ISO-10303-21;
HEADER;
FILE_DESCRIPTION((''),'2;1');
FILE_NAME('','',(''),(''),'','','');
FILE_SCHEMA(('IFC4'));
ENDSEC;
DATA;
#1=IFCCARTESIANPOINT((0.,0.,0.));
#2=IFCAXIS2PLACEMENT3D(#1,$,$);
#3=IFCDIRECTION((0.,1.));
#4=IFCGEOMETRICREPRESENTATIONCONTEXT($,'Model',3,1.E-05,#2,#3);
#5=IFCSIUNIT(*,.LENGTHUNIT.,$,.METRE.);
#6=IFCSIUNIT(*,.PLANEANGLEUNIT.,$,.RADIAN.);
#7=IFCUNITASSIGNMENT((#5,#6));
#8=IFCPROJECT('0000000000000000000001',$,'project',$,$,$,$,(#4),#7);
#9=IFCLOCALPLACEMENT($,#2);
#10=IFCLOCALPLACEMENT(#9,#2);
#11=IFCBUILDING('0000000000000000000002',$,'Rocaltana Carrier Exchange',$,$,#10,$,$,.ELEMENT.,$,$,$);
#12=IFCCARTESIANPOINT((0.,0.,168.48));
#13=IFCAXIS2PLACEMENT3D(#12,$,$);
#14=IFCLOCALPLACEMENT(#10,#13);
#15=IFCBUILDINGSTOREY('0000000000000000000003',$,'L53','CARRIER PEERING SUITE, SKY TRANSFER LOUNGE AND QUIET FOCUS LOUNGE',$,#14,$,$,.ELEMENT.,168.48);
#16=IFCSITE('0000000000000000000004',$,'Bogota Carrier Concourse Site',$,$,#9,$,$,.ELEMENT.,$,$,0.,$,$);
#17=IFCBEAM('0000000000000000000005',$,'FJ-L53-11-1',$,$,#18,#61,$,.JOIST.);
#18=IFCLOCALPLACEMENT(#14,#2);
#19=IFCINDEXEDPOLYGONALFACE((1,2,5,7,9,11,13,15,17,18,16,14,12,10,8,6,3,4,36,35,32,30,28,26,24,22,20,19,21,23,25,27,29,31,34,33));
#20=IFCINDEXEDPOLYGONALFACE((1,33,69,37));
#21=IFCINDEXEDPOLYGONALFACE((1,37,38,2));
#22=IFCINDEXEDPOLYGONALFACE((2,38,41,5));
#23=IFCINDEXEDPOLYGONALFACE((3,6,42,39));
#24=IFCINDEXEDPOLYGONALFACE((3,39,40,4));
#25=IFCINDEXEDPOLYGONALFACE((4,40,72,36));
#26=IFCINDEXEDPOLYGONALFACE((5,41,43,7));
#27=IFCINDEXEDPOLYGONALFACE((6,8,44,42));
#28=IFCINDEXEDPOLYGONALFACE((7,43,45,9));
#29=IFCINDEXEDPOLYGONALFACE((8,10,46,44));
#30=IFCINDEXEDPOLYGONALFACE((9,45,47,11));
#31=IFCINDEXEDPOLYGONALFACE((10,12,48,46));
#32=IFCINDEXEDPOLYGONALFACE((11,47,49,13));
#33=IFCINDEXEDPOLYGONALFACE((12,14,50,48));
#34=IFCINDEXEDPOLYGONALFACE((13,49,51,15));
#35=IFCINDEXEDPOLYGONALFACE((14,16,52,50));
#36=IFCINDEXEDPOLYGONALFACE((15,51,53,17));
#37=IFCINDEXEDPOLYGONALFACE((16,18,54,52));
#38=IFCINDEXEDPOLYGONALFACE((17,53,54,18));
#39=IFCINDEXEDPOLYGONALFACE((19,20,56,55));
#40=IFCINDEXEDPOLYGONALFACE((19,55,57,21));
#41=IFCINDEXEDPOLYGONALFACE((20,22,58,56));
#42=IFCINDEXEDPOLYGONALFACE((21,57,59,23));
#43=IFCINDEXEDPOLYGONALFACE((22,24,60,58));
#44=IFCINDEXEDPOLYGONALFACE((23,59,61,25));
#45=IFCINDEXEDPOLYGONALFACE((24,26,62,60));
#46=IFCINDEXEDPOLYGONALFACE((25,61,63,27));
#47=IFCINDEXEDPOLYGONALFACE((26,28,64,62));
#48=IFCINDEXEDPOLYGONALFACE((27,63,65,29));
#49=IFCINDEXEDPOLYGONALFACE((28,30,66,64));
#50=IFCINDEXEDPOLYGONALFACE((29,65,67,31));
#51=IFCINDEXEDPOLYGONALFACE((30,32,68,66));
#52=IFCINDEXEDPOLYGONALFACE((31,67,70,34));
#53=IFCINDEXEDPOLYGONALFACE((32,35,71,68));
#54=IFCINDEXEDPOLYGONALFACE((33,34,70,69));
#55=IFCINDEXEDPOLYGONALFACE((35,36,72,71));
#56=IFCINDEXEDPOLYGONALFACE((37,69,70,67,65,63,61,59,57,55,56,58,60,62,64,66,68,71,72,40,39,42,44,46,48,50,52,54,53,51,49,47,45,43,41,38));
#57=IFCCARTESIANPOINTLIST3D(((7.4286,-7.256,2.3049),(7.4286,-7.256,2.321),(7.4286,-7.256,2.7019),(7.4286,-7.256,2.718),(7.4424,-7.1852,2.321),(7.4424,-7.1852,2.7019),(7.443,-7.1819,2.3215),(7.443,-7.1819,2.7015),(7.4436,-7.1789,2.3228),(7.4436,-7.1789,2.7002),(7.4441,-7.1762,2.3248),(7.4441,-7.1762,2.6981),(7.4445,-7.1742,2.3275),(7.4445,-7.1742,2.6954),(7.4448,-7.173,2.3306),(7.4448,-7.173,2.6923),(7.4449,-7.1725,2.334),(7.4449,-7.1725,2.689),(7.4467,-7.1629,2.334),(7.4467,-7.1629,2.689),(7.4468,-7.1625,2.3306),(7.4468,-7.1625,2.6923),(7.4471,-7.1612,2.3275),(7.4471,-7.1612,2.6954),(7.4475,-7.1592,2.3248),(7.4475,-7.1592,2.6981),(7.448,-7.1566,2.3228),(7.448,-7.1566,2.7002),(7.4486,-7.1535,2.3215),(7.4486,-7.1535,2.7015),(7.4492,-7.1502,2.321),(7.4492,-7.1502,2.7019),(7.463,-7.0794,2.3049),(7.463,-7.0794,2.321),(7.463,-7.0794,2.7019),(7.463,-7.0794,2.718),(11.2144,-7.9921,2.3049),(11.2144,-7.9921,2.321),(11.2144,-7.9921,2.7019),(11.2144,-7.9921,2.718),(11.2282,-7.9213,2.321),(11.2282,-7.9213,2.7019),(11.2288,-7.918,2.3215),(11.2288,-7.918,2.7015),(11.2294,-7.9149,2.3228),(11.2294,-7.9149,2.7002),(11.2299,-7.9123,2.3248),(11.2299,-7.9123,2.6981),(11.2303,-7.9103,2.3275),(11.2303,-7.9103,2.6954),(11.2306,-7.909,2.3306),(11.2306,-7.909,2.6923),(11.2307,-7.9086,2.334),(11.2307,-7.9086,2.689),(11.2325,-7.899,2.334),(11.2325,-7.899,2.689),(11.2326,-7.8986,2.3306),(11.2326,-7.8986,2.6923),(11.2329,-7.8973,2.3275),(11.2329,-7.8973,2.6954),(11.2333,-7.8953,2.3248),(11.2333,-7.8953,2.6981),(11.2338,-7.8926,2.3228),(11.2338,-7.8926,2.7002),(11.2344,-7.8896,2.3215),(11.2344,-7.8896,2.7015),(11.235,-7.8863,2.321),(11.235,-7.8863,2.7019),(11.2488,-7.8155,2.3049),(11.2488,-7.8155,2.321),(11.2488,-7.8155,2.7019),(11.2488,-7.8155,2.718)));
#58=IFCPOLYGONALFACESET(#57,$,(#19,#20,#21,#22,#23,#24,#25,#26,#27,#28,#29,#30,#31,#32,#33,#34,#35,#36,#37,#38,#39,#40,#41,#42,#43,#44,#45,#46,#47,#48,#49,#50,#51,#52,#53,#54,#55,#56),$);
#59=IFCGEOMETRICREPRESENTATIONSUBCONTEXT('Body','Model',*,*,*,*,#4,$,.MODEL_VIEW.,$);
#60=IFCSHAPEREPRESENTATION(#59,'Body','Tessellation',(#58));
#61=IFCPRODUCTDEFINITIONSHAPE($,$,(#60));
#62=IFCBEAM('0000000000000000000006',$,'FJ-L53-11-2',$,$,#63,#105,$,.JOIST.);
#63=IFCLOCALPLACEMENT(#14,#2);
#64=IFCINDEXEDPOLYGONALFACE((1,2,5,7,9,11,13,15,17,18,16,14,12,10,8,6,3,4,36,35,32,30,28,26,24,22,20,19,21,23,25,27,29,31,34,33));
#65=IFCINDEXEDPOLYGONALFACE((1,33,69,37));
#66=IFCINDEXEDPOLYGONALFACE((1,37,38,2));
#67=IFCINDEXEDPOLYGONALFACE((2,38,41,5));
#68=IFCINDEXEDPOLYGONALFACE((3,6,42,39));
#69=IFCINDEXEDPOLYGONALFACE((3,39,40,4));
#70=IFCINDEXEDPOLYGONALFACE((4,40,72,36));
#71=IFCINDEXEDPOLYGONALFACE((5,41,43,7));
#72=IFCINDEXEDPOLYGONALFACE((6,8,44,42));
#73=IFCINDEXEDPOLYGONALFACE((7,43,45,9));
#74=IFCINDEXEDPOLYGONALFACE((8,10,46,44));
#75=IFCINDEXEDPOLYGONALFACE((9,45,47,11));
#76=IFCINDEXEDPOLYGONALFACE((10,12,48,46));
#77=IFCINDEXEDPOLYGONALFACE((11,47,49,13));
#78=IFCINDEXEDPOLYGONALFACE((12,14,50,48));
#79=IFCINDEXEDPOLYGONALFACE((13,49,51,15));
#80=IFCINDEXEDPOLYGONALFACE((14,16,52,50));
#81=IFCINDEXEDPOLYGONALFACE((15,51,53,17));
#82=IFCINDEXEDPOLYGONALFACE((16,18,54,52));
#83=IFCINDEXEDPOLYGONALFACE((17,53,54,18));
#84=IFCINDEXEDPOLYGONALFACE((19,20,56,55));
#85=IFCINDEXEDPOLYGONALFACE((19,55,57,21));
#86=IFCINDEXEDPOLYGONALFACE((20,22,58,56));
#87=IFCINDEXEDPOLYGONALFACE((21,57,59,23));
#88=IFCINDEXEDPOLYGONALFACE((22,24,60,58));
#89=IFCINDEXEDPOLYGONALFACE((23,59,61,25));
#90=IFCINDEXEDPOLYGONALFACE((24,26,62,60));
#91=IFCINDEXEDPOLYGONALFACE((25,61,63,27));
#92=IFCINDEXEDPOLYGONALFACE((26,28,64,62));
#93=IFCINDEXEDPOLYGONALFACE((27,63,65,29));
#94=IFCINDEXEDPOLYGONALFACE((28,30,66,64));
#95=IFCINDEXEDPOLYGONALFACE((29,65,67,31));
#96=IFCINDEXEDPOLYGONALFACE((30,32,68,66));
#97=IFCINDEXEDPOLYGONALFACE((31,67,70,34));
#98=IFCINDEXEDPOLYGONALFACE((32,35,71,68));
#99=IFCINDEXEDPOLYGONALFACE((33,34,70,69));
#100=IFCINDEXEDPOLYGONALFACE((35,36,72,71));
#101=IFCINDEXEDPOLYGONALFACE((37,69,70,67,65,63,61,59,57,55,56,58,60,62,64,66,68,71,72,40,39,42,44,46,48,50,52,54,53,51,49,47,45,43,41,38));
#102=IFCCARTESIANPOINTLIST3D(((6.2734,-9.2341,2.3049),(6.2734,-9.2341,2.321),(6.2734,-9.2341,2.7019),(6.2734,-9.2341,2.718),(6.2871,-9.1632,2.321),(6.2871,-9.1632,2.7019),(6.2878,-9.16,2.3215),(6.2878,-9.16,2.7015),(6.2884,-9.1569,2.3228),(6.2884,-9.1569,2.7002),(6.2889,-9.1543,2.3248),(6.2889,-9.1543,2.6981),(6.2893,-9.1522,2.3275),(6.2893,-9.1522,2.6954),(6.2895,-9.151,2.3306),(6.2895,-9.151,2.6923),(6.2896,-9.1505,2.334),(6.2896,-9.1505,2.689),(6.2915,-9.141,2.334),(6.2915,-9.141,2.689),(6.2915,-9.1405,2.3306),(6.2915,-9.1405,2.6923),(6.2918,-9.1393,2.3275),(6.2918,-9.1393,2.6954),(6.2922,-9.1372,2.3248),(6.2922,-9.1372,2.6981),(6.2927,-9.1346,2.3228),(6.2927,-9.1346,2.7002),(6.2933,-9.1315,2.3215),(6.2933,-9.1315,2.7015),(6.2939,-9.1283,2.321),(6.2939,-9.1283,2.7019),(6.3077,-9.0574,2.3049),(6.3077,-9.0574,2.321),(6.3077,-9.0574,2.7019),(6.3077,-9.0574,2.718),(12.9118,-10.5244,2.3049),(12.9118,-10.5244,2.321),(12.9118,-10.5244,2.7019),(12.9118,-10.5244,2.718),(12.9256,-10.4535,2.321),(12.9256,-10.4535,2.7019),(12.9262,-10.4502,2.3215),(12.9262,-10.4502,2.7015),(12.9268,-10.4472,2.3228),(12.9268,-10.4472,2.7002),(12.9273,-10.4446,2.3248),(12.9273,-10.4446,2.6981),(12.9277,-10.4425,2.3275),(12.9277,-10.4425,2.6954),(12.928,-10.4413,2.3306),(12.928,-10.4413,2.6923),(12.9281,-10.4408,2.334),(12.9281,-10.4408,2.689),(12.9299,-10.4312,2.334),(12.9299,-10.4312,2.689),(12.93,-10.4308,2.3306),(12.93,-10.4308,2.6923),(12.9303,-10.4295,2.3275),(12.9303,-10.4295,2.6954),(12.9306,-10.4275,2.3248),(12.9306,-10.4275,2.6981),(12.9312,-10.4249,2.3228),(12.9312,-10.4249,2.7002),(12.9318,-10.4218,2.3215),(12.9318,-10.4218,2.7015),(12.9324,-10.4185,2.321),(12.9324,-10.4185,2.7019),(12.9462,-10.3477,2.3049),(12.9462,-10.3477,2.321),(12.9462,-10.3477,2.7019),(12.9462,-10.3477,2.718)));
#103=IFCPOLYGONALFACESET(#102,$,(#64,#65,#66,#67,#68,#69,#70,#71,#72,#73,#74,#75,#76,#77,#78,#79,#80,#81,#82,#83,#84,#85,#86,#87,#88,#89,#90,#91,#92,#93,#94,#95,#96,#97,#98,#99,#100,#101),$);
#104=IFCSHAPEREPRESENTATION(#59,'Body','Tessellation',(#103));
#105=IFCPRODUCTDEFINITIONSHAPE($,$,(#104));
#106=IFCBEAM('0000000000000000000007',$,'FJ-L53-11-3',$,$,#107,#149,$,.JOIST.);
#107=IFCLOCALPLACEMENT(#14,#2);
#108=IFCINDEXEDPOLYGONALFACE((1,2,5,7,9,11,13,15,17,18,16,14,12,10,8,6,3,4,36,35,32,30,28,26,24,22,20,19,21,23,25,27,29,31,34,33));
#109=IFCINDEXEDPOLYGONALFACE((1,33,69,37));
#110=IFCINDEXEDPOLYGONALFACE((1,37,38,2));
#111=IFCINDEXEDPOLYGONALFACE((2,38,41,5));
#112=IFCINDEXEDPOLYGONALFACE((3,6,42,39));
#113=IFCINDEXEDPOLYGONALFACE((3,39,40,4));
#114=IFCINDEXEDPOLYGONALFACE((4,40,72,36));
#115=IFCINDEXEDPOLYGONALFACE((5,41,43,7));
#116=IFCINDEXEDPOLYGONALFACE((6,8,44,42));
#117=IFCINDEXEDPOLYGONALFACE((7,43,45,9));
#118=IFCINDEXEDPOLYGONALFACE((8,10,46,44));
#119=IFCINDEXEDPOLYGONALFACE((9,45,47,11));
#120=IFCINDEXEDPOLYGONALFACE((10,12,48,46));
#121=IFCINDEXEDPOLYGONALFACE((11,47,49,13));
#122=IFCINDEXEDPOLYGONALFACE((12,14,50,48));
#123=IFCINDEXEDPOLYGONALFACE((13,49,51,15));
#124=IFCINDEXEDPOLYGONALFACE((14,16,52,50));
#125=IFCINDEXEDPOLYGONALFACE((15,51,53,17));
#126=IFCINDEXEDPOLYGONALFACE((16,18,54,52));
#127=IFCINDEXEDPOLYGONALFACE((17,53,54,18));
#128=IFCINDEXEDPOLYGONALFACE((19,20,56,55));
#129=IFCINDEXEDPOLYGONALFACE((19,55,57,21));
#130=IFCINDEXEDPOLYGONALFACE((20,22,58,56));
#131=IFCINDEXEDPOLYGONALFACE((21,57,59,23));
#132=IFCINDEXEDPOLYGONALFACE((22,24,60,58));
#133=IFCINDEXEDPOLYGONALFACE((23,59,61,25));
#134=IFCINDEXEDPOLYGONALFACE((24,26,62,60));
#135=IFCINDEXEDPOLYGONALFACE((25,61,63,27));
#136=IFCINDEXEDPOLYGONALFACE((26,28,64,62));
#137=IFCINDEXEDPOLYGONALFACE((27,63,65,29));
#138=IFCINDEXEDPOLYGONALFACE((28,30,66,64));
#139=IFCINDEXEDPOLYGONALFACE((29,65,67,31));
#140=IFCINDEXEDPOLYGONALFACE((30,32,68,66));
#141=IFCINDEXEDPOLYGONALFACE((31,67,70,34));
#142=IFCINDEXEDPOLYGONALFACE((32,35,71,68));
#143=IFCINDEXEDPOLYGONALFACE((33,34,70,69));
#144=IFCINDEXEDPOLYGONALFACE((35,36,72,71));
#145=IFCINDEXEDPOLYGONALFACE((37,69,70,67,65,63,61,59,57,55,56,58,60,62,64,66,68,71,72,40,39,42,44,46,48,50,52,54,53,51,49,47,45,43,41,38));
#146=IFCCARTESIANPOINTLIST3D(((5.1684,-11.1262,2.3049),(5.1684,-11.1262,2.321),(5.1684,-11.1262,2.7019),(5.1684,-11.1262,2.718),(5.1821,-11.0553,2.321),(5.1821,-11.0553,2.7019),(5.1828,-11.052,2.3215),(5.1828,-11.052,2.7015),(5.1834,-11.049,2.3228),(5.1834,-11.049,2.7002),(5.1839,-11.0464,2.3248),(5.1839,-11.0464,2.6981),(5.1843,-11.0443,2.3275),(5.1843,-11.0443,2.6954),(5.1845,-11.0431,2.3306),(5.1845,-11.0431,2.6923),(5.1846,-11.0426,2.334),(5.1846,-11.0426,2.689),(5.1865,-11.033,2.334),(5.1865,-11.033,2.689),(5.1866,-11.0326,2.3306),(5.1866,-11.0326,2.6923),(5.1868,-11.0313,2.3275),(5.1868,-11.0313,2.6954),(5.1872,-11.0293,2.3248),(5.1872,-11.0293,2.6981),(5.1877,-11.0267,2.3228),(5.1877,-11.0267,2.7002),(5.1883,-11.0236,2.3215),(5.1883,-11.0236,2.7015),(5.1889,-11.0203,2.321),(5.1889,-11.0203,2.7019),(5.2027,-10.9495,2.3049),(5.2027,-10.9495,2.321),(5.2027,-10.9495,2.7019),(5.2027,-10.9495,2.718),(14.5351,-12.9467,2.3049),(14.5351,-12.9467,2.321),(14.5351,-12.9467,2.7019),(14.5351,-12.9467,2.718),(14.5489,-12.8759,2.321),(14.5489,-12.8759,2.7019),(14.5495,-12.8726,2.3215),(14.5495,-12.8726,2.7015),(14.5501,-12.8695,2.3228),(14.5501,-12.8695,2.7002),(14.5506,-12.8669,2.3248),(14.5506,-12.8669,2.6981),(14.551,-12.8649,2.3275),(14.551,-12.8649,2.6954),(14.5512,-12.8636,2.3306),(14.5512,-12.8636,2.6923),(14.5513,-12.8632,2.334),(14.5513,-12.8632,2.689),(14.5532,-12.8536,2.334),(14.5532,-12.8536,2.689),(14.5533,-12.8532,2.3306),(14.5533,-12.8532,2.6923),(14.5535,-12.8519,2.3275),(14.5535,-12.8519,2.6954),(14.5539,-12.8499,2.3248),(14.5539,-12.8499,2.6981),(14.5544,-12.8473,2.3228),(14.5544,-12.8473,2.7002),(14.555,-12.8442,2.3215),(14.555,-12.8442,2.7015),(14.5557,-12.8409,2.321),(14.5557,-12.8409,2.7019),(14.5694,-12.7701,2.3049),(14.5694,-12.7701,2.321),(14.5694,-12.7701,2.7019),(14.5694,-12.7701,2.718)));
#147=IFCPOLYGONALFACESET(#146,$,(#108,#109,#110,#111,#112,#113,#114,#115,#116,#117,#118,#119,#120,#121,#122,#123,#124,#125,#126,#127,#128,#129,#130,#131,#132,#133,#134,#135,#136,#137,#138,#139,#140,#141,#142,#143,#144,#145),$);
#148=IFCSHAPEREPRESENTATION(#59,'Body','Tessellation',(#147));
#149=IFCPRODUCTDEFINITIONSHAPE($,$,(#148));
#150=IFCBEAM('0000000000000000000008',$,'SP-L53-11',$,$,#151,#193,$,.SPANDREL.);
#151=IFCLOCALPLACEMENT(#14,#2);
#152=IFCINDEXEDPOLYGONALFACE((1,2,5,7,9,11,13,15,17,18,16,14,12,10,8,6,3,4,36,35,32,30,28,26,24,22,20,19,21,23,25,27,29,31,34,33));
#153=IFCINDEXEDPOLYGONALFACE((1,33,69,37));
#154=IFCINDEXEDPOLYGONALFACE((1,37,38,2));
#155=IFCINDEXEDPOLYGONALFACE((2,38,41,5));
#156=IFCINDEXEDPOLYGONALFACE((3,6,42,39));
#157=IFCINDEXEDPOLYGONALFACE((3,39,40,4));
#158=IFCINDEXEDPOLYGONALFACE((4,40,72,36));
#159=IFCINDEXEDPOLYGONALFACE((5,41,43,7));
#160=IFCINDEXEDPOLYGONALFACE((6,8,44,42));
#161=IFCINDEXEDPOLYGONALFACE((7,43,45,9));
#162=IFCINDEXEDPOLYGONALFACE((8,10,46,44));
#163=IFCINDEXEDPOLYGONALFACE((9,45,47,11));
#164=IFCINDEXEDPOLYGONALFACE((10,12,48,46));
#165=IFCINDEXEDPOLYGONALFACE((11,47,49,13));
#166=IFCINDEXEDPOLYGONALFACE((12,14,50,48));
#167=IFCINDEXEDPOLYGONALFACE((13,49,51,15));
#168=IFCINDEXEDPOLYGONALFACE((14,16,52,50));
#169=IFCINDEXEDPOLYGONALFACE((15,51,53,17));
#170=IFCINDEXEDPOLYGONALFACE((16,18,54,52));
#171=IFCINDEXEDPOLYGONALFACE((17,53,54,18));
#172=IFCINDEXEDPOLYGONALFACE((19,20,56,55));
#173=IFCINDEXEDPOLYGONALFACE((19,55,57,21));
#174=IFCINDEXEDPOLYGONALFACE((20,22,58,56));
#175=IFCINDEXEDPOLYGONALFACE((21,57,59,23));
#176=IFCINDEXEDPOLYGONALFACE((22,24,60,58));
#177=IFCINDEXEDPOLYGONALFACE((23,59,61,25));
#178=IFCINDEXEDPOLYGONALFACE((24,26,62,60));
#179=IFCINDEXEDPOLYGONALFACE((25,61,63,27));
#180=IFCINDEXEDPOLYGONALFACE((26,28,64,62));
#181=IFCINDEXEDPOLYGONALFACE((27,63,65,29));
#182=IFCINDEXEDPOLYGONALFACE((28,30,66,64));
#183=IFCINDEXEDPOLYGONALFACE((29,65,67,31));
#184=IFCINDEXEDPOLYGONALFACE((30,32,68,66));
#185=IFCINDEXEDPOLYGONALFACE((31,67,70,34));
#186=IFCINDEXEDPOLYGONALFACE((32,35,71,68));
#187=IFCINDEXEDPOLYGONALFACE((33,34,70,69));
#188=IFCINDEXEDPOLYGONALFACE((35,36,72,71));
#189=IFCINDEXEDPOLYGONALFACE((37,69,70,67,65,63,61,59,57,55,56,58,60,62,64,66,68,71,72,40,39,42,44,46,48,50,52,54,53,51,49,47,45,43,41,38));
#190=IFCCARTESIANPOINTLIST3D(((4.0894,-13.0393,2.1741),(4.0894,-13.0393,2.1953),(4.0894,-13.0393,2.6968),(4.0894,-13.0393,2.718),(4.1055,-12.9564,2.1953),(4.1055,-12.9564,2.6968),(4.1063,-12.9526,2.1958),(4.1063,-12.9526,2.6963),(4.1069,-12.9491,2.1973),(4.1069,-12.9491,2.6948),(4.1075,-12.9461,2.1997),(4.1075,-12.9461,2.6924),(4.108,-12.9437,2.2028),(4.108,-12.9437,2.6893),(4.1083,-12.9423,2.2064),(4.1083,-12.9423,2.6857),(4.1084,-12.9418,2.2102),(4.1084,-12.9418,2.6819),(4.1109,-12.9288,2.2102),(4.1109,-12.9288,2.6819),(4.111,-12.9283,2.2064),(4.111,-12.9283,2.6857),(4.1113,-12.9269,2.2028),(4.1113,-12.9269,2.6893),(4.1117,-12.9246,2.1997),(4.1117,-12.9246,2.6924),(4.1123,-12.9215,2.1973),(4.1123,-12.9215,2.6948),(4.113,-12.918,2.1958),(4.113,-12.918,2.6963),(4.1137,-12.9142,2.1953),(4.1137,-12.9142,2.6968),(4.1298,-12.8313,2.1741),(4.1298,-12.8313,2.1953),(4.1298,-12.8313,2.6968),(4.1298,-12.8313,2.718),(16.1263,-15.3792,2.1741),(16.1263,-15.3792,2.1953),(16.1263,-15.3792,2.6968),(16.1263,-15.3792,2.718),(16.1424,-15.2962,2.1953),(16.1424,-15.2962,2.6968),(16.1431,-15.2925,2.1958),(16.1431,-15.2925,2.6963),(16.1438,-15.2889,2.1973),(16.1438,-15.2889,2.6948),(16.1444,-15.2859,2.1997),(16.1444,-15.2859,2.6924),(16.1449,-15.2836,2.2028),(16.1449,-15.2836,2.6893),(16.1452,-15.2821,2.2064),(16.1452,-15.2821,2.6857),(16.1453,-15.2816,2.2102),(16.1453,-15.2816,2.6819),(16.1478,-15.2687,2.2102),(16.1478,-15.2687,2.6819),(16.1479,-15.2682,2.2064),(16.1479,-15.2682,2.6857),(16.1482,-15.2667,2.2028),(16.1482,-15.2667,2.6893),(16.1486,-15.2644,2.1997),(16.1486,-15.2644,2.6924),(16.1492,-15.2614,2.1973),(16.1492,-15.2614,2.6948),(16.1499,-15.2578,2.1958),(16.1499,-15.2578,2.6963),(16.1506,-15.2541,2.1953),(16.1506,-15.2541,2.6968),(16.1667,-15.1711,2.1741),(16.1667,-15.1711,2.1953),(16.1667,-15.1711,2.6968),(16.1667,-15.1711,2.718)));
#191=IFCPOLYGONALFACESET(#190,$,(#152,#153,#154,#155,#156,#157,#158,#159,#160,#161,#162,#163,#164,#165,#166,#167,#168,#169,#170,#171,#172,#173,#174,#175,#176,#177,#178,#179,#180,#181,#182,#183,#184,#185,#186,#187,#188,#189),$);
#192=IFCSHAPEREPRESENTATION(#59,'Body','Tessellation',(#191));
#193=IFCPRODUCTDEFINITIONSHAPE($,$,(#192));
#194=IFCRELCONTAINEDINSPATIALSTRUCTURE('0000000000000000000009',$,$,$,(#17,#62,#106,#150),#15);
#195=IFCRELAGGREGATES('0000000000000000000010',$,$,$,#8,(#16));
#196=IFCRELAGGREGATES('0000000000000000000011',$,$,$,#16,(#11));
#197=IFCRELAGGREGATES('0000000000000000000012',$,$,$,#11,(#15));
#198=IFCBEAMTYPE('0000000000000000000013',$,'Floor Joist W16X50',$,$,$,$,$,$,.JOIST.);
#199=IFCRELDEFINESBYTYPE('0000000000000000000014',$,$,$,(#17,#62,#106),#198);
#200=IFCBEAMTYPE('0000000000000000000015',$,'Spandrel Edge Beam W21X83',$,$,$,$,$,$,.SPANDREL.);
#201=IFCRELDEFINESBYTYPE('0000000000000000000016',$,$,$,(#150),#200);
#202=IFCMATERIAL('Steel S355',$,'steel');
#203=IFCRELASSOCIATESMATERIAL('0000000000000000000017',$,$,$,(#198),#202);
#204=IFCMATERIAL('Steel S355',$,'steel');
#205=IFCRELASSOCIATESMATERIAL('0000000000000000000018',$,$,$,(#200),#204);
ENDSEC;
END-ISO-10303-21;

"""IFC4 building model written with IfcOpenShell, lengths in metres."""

from ifc_helpers import new_model, si_unit, direction, frame, origin, origin_2d, place, context, subcontext, project, spatial, i_section, extrude, material, material_profile, profile_set, type_object, element, save


model = new_model("IFC4")

# Units and contexts
model_context = context("Model", 3, precision=1e-05, world=origin(), true_north=direction((0.0, 1.0)))
body_context = subcontext(model_context, "Body", "Model", "MODEL_VIEW")
ifc_project = project(units=[si_unit("LENGTHUNIT", "METRE"), si_unit("PLANEANGLEUNIT", "RADIAN")], contexts=[model_context])

# Site, building, storey
site_placement = place(None, origin())
site = spatial("IfcSite", under=ifc_project, at=site_placement, Name="Bogota Carrier Concourse Site", CompositionType="ELEMENT", RefElevation=0.0)
building_placement = place(site_placement, origin())
building = spatial("IfcBuilding", under=site, at=building_placement, Name="Rocaltana Carrier Exchange", CompositionType="ELEMENT")
storey_placement = place(building_placement, frame((0.0, 0.0, 168.48)))
storey = spatial("IfcBuildingStorey", under=building, at=storey_placement, Name="L53", Description="CARRIER PEERING SUITE, SKY TRANSFER LOUNGE AND QUIET FOCUS LOUNGE", CompositionType="ELEMENT", Elevation=168.48)

# Beams
ifc_material_1 = material(Name="Steel S355", Category="steel")
ifc_material_profile_1 = material_profile(ifc_material_1, i_section(OverallWidth=0.1799, OverallDepth=0.4131, WebThickness=0.0098, FlangeThickness=0.0161, FilletRadius=0.0129, at=origin_2d()), Name="W16X50")
ifc_profile_set_1 = profile_set([ifc_material_profile_1], Name="Steel S355")
beam_type_1 = type_object("IfcBeamType", Name="Floor Joist W16X50", PredefinedType="JOIST", material=ifc_profile_set_1)
beam_1_placement = place(storey_placement, frame((7.4458, -7.1677, 2.5115), z_axis=(0.981618, -0.190854, 0.0), x_axis=(0.190854, 0.981618, 0.0)))
element("IfcBeam", 1, at=beam_1_placement, inside=storey, type_object=beam_type_1, Name="FJ-L53-11-1", PredefinedType="JOIST", context=body_context, shape_type="SweptSolid", body=[
    extrude(i_section(OverallWidth=0.1799, OverallDepth=0.4131, WebThickness=0.0098, FlangeThickness=0.0161, FilletRadius=0.0129, at=origin_2d()), origin(), (0.0, 0.0, 1.0), 3.8567),
])
beam_2_placement = place(storey_placement, frame((6.2905, -9.1458, 2.5115), z_axis=(0.98163, -0.190795, 0.0), x_axis=(0.190795, 0.98163, 0.0)))
element("IfcBeam", 2, at=beam_2_placement, inside=storey, type_object=beam_type_1, Name="FJ-L53-11-2", PredefinedType="JOIST", context=body_context, shape_type="SweptSolid", body=[
    extrude(i_section(OverallWidth=0.1799, OverallDepth=0.4131, WebThickness=0.0098, FlangeThickness=0.0161, FilletRadius=0.0129, at=origin_2d()), origin(), (0.0, 0.0, 1.0), 6.7627),
])
beam_3_placement = place(storey_placement, frame((5.1855, -11.0378, 2.5115), z_axis=(0.98163, -0.190794, 0.0), x_axis=(0.190794, 0.98163, 0.0)))
element("IfcBeam", 3, at=beam_3_placement, inside=storey, type_object=beam_type_1, Name="FJ-L53-11-3", PredefinedType="JOIST", context=body_context, shape_type="SweptSolid", body=[
    extrude(i_section(OverallWidth=0.1799, OverallDepth=0.4131, WebThickness=0.0098, FlangeThickness=0.0161, FilletRadius=0.0129, at=origin_2d()), origin(), (0.0, 0.0, 1.0), 9.542),
])
ifc_material_2 = material(Name="Steel S355", Category="steel")
ifc_material_profile_2 = material_profile(ifc_material_2, i_section(OverallWidth=0.2119, OverallDepth=0.5439, WebThickness=0.0132, FlangeThickness=0.0212, FilletRadius=0.0149, at=origin_2d()), Name="W21X83")
ifc_profile_set_2 = profile_set([ifc_material_profile_2], Name="Steel S355")
beam_type_2 = type_object("IfcBeamType", Name="Spandrel Edge Beam W21X83", PredefinedType="SPANDREL", material=ifc_profile_set_2)
beam_4_placement = place(storey_placement, frame((4.1096, -12.9353, 2.446), z_axis=(0.981625, -0.190818, 0.0), x_axis=(0.190818, 0.981625, 0.0)))
element("IfcBeam", 4, at=beam_4_placement, inside=storey, type_object=beam_type_2, Name="SP-L53-11", PredefinedType="SPANDREL", context=body_context, shape_type="SweptSolid", body=[
    extrude(i_section(OverallWidth=0.2119, OverallDepth=0.5439, WebThickness=0.0132, FlangeThickness=0.0212, FilletRadius=0.0149, at=origin_2d()), origin(), (0.0, 0.0, 1.0), 12.2622),
])

save(model, "model.ifc")
